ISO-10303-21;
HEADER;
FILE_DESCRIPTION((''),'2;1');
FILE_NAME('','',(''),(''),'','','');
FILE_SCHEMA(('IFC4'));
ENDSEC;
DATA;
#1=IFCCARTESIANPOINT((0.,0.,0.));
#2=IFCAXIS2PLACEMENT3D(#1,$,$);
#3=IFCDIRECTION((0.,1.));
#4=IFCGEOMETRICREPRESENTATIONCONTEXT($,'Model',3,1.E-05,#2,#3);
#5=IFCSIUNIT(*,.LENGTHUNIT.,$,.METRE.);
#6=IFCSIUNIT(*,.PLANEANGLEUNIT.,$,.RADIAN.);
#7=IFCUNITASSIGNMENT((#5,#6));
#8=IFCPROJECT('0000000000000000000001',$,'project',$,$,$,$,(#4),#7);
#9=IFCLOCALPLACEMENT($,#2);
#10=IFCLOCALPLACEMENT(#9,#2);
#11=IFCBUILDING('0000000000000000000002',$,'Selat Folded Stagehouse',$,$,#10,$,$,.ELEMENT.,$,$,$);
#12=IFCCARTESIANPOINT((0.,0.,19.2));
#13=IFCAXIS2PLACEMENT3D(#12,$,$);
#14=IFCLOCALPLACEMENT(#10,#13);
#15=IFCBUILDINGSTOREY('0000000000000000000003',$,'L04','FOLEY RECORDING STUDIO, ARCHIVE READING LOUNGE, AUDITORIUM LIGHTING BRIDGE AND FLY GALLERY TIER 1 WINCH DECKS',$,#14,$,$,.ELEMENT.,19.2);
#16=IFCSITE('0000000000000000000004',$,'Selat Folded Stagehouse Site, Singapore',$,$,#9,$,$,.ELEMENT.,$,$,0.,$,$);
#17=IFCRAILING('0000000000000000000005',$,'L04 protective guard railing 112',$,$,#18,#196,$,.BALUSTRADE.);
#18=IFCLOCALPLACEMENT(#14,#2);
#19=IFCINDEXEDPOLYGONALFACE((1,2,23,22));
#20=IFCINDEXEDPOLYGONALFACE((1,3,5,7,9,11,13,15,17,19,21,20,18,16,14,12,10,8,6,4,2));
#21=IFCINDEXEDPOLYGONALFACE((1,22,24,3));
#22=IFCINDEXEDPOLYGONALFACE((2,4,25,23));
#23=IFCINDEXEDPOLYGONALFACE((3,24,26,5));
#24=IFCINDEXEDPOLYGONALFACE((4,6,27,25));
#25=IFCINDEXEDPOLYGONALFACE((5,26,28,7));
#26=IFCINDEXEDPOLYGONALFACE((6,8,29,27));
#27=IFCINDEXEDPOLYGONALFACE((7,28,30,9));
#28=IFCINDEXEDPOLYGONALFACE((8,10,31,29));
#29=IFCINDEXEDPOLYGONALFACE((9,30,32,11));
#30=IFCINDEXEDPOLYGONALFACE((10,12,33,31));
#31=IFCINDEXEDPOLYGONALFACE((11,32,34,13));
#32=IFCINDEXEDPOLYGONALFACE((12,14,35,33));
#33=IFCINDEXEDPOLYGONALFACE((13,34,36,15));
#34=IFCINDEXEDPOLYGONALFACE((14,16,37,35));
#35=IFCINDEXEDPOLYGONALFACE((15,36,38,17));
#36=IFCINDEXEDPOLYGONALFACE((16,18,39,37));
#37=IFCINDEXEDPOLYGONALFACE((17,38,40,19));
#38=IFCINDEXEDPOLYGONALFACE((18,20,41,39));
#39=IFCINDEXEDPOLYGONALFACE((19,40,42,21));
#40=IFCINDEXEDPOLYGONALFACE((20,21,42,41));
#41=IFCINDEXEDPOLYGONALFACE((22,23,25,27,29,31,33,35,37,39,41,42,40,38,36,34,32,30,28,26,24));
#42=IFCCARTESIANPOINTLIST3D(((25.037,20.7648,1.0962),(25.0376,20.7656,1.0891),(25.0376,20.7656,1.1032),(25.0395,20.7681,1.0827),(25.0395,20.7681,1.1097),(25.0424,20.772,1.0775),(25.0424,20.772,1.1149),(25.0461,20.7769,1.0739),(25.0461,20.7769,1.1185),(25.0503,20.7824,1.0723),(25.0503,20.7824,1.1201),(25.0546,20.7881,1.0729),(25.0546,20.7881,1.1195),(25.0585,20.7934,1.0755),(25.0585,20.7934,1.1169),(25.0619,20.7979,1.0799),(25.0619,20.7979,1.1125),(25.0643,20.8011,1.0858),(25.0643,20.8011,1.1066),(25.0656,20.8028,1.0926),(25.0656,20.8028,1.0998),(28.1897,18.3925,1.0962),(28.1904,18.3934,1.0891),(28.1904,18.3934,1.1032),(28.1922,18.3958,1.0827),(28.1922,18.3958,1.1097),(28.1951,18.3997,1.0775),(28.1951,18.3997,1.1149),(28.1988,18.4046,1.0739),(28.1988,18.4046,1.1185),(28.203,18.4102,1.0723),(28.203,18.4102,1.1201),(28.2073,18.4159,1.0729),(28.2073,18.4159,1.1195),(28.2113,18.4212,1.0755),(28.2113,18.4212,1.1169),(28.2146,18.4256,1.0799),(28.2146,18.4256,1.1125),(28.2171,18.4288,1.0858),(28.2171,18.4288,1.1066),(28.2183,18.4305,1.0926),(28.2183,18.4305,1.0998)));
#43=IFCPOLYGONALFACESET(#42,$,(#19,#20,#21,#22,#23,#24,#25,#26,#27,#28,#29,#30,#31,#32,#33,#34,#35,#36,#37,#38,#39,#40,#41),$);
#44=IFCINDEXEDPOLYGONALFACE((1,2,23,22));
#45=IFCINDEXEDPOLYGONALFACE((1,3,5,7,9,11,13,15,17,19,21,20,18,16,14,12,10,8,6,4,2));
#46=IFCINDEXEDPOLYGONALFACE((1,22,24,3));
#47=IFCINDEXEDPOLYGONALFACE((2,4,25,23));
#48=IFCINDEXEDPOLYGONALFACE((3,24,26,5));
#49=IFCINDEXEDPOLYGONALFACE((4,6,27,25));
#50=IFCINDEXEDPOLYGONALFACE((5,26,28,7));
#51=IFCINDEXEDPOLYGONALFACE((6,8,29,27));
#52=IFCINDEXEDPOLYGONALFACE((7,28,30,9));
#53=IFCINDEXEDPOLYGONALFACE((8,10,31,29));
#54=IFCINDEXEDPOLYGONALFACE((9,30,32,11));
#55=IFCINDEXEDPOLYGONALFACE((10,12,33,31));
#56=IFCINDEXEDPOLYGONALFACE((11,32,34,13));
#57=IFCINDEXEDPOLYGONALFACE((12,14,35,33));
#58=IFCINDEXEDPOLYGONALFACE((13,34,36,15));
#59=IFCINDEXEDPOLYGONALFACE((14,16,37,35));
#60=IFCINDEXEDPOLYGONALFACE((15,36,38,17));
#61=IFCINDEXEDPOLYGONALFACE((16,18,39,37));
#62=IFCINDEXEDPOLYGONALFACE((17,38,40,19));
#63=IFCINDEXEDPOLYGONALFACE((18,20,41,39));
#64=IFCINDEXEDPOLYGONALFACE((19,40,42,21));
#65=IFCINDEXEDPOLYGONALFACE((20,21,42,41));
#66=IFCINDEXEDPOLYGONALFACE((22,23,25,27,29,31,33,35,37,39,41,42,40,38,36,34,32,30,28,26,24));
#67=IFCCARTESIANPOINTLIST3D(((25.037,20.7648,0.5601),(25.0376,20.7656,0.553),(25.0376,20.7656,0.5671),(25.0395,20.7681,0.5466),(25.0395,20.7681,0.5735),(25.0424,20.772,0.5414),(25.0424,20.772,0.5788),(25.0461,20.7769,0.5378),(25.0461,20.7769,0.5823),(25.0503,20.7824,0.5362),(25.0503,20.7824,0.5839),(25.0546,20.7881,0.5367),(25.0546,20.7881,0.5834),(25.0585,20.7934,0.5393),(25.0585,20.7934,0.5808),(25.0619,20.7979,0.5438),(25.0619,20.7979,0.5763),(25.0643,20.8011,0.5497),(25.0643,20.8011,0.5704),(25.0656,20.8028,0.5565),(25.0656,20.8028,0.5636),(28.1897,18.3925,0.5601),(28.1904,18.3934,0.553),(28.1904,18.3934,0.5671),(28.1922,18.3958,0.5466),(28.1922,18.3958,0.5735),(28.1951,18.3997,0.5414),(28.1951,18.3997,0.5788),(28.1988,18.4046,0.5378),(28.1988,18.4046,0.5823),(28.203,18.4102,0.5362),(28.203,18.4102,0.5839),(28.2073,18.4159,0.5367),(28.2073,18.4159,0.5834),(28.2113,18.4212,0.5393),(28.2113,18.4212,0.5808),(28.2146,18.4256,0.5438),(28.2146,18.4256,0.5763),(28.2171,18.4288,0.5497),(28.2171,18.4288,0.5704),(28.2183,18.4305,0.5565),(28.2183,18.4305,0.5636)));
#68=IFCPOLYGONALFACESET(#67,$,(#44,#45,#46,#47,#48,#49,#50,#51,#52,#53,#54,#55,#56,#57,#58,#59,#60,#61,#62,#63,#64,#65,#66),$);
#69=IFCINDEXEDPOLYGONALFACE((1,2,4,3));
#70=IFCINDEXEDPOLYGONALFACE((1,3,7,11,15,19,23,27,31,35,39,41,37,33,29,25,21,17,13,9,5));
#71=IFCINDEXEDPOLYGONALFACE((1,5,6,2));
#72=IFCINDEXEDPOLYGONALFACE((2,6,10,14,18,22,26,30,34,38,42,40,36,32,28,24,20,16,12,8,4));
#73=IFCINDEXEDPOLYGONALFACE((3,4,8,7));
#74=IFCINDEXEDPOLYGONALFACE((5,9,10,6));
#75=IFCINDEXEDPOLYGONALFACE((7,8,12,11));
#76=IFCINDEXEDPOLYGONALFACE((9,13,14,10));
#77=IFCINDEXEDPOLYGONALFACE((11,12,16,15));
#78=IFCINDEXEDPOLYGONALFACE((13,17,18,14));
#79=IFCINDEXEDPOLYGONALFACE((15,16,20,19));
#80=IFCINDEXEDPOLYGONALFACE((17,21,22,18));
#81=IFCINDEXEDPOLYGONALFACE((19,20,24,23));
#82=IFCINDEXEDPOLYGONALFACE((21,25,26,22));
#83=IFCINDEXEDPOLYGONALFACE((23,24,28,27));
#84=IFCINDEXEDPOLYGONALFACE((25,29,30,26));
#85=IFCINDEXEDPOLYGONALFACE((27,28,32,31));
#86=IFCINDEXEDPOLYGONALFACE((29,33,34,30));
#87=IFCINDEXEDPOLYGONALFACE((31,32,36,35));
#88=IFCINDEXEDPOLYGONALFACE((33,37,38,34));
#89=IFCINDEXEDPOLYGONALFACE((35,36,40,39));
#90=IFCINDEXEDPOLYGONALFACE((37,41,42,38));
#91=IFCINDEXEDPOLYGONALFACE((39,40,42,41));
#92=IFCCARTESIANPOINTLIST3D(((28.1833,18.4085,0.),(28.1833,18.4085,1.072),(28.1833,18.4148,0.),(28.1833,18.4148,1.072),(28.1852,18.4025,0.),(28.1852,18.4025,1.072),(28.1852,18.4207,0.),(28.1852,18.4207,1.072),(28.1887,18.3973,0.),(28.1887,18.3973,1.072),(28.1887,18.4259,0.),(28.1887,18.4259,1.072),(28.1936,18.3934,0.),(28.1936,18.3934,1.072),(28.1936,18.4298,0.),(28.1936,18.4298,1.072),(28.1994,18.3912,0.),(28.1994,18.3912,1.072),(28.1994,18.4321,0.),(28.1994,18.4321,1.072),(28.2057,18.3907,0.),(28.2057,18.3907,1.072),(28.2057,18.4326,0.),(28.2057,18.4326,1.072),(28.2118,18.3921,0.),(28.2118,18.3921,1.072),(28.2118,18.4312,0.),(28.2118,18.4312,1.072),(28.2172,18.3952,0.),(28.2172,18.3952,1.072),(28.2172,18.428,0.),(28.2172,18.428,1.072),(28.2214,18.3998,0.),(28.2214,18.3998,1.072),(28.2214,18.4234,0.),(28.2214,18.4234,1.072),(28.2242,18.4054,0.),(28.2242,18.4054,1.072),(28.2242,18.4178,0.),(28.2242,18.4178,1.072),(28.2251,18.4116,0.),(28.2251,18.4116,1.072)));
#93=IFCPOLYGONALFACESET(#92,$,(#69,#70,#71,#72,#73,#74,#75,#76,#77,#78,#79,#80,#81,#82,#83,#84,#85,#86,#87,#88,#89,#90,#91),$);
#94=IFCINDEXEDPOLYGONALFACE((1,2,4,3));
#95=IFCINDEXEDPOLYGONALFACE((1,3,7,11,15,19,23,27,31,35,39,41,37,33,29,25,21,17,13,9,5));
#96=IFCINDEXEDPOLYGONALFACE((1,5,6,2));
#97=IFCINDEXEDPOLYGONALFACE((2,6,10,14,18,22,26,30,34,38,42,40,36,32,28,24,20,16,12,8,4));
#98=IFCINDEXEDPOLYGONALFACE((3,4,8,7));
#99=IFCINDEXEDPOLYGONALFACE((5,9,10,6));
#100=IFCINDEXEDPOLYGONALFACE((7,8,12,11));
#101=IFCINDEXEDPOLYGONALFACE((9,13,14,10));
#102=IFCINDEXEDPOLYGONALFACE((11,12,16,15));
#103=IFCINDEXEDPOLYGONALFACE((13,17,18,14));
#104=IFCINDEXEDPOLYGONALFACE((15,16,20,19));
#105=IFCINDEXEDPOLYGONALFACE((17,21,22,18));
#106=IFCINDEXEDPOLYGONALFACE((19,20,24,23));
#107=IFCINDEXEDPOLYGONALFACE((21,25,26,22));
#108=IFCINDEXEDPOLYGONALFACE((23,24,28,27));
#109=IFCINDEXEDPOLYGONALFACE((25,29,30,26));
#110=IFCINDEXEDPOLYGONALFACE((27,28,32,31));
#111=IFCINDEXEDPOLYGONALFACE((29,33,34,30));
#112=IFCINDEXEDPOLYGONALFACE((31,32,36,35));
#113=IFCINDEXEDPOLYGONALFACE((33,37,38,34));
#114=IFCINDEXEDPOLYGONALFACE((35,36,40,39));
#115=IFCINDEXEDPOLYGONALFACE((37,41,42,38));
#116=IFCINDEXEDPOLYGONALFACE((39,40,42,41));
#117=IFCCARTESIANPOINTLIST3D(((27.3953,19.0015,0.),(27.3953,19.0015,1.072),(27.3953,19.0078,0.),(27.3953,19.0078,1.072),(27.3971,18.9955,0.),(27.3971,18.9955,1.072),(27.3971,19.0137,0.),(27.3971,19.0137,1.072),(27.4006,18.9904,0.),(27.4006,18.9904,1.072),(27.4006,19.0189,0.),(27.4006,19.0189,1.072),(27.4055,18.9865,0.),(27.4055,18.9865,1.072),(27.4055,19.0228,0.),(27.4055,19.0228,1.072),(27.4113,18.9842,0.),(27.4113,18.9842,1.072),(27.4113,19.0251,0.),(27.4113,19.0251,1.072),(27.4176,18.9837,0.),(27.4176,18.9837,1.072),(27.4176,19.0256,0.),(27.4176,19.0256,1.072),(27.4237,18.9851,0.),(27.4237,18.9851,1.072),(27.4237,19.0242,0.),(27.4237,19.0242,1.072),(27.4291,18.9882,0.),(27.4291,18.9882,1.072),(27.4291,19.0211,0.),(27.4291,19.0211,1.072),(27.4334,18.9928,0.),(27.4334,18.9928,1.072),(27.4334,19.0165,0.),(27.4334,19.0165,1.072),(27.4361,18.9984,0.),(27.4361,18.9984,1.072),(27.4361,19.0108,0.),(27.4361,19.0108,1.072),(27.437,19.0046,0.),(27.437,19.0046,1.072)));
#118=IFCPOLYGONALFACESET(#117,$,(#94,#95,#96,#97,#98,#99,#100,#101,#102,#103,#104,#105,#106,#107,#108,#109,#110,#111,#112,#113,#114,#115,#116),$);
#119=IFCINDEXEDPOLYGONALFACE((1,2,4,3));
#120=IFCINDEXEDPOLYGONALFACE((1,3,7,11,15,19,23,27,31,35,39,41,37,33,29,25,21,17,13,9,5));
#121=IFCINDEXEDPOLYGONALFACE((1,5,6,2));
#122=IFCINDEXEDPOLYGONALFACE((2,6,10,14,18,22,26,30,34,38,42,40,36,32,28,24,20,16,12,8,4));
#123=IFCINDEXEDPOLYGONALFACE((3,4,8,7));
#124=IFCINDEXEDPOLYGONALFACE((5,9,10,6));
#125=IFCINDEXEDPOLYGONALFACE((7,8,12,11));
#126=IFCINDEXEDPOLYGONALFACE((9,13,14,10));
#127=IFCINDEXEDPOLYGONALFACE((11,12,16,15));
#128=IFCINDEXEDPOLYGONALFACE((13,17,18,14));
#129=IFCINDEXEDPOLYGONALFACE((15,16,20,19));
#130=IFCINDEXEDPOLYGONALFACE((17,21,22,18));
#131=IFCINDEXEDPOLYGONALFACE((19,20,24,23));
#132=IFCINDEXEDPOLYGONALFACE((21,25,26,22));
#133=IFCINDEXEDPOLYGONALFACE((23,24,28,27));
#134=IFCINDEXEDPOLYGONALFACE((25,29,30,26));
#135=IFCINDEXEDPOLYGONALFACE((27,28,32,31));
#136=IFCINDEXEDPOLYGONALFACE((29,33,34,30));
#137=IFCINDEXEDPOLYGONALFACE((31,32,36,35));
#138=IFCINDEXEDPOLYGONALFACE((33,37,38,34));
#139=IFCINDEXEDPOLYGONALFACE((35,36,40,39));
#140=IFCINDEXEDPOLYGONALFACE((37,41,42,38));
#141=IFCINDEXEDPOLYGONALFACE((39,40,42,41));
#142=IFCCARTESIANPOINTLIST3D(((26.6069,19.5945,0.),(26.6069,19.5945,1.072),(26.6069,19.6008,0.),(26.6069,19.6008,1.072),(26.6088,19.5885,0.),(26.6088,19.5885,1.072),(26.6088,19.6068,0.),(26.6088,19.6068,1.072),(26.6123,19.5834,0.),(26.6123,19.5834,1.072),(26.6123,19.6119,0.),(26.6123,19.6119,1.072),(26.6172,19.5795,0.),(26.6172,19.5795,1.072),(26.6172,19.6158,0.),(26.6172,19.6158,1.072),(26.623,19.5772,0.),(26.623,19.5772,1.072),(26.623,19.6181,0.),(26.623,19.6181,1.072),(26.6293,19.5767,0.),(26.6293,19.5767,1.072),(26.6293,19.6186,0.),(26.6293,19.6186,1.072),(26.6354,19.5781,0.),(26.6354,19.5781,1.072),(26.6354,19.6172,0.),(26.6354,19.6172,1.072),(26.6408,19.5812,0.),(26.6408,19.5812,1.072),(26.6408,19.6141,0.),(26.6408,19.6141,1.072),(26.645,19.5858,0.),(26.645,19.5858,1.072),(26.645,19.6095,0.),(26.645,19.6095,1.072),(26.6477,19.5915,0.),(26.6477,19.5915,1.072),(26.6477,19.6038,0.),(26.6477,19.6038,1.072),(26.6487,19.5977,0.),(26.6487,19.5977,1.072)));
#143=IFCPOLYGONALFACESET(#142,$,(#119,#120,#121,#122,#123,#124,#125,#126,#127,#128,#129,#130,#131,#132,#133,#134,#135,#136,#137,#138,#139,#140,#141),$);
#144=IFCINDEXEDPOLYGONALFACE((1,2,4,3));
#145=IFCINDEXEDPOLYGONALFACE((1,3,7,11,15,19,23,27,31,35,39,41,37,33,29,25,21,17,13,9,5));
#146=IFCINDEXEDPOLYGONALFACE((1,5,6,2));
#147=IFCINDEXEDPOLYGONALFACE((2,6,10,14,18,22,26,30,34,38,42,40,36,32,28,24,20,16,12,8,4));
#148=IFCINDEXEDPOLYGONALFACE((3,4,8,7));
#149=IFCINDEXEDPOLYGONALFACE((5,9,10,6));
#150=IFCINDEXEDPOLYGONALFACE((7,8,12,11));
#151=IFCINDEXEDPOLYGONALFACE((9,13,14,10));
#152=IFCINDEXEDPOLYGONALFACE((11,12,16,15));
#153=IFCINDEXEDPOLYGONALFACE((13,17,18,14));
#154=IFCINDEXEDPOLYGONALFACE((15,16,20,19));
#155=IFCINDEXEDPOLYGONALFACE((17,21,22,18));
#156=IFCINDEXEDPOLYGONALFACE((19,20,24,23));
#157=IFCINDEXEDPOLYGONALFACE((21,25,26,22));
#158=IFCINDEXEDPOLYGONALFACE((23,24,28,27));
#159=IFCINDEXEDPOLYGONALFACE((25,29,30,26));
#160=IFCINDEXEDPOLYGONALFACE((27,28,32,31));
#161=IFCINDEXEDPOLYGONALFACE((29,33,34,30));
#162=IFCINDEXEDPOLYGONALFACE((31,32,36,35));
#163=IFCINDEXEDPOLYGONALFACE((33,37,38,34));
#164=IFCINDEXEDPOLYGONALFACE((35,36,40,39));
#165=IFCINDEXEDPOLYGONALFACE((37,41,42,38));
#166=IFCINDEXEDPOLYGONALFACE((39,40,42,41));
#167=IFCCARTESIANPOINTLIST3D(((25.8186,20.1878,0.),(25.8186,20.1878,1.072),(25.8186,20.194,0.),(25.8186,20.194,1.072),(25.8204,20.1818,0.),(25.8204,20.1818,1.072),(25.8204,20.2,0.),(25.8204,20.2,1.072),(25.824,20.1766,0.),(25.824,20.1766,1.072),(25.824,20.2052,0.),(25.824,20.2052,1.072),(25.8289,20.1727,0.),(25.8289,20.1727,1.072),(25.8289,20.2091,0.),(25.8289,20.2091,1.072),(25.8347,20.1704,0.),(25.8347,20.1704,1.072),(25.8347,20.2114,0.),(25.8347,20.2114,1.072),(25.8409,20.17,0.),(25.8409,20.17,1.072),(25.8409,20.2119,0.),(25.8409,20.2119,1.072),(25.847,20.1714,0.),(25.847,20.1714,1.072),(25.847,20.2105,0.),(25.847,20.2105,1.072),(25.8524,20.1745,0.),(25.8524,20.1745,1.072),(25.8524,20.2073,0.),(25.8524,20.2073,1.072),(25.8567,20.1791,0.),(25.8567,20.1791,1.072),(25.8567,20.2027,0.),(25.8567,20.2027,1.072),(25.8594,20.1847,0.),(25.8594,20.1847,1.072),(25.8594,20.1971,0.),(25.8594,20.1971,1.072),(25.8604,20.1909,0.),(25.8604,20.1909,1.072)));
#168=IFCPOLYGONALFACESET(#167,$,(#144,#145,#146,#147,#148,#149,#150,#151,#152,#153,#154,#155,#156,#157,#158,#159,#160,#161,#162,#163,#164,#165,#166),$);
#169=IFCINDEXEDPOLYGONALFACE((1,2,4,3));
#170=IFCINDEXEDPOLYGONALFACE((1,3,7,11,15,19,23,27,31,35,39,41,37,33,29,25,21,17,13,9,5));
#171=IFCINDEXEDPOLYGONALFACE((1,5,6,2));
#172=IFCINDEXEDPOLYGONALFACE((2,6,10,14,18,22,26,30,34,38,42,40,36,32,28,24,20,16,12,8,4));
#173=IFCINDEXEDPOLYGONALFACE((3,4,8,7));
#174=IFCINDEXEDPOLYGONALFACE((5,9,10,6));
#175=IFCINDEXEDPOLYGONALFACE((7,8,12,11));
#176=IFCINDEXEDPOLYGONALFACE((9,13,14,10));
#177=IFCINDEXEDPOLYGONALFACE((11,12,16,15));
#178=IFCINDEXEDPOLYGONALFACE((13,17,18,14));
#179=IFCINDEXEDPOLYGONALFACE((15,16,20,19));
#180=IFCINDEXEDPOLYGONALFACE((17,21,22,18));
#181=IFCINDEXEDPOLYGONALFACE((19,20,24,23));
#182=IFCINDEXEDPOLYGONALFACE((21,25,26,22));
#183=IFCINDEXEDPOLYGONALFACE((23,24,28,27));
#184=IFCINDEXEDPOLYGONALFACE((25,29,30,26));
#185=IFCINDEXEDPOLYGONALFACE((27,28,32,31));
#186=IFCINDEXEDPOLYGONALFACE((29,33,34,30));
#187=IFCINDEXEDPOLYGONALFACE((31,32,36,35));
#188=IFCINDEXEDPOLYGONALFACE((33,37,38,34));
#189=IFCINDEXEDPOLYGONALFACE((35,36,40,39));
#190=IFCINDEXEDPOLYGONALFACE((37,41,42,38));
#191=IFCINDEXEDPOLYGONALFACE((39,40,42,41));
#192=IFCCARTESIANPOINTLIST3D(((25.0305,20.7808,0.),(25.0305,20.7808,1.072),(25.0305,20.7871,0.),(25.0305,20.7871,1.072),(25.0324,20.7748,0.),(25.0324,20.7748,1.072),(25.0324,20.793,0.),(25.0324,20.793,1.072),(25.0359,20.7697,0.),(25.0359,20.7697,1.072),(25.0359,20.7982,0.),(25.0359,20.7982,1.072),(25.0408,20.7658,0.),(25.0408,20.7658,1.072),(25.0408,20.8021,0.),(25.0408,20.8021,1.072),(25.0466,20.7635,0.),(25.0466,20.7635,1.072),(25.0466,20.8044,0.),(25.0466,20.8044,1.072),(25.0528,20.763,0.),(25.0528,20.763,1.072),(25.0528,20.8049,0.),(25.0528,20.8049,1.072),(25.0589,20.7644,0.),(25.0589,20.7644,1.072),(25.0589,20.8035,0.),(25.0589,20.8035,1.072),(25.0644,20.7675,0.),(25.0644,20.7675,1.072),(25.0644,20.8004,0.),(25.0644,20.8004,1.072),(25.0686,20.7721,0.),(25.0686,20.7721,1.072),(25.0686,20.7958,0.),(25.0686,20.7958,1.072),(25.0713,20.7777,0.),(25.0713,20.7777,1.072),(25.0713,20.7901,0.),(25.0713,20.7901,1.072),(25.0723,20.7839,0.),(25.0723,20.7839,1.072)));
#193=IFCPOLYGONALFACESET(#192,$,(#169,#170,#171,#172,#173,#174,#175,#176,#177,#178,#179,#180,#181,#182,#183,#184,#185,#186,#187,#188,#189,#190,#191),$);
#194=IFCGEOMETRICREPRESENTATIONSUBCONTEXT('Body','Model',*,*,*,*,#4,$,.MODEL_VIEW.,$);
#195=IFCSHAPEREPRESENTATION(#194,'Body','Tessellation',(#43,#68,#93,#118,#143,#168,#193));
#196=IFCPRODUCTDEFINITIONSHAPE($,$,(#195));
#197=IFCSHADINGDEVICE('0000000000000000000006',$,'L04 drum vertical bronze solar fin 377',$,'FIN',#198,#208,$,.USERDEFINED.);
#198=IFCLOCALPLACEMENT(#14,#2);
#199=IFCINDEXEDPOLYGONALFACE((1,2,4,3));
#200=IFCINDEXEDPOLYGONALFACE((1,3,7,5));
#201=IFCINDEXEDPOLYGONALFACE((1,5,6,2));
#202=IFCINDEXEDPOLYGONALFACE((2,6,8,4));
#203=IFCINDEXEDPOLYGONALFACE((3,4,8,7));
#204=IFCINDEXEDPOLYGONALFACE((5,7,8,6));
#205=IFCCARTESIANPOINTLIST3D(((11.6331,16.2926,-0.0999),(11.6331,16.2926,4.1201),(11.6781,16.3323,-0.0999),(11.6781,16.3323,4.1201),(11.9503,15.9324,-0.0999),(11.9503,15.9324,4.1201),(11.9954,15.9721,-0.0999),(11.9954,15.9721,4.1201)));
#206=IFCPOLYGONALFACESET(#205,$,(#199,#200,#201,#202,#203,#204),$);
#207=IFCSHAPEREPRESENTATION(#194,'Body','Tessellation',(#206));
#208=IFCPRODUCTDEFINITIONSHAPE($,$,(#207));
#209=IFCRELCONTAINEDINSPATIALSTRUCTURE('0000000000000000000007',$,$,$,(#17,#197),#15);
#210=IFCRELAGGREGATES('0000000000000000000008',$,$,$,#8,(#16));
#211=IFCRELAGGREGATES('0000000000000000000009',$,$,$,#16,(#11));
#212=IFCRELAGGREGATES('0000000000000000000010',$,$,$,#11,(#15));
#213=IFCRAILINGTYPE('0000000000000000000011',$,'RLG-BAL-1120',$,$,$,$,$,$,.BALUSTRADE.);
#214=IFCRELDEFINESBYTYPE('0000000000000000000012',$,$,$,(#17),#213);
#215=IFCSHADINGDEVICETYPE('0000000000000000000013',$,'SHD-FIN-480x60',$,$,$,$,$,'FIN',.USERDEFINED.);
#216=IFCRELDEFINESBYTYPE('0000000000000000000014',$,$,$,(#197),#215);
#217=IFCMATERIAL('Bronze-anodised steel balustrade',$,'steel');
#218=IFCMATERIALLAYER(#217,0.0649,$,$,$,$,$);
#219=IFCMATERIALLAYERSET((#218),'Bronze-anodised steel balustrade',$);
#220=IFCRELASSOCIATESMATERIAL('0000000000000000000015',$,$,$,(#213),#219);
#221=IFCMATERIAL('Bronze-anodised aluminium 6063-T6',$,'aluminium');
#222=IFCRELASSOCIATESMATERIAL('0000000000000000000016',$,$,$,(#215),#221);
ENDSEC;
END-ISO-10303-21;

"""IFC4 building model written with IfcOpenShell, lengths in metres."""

from ifc_helpers import new_model, si_unit, direction, frame, origin, origin_2d, place, context, subcontext, project, spatial, rectangle, circle, extrude, material, layer, layer_set, material_profile, profile_set, type_object, element, save


model = new_model("IFC4")

# Units and contexts
model_context = context("Model", 3, precision=1e-05, world=origin(), true_north=direction((0.0, 1.0)))
body_context = subcontext(model_context, "Body", "Model", "MODEL_VIEW")
ifc_project = project(units=[si_unit("LENGTHUNIT", "METRE"), si_unit("PLANEANGLEUNIT", "RADIAN")], contexts=[model_context])

# Site, building, storey
site_placement = place(None, origin())
site = spatial("IfcSite", under=ifc_project, at=site_placement, Name="Selat Folded Stagehouse Site, Singapore", CompositionType="ELEMENT", RefElevation=0.0)
building_placement = place(site_placement, origin())
building = spatial("IfcBuilding", under=site, at=building_placement, Name="Selat Folded Stagehouse", CompositionType="ELEMENT")
storey_placement = place(building_placement, frame((0.0, 0.0, 19.2)))
storey = spatial("IfcBuildingStorey", under=building, at=storey_placement, Name="L04", Description="FOLEY RECORDING STUDIO, ARCHIVE READING LOUNGE, AUDITORIUM LIGHTING BRIDGE AND FLY GALLERY TIER 1 WINCH DECKS", CompositionType="ELEMENT", Elevation=19.2)

# Railing
ifc_material_1 = material(Name="Bronze-anodised steel balustrade", Category="steel")
ifc_layer_1 = layer(ifc_material_1, 0.0649)
ifc_layer_set_1 = layer_set([ifc_layer_1], Name="Bronze-anodised steel balustrade")
railing_type = type_object("IfcRailingType", Name="RLG-BAL-1120", PredefinedType="BALUSTRADE", material=ifc_layer_set_1)
railing_placement = place(storey_placement, frame((28.2041, 18.4116, 0.0)))
element("IfcRailing", 1, at=railing_placement, inside=storey, type_object=railing_type, Name="L04 protective guard railing 112", PredefinedType="BALUSTRADE", context=body_context, shape_type="SweptSolid", body=[
    extrude(circle(Radius=0.0239, at=origin_2d()), frame((0.0, 0.0, 1.0962), z_axis=(-0.799063, 0.601247, 0.0), x_axis=(-0.601247, -0.799063, 0.0)), (0.0, 0.0, 1.0), 3.9456),
    extrude(circle(Radius=0.0239, at=origin_2d()), frame((0.0, 0.0, 0.5601), z_axis=(-0.799063, 0.601247, 0.0), x_axis=(-0.601247, -0.799063, 0.0)), (0.0, 0.0, 1.0), 3.9456),
    extrude(circle(Radius=0.021, at=origin_2d()), origin(), (0.0, 0.0, 1.0), 1.072),
    extrude(circle(Radius=0.021, at=origin_2d()), frame((-0.7881, 0.593, 0.0)), (0.0, 0.0, 1.0), 1.072),
    extrude(circle(Radius=0.021, at=origin_2d()), frame((-1.5764, 1.186, 0.0)), (0.0, 0.0, 1.0), 1.072),
    extrude(circle(Radius=0.021, at=origin_2d()), frame((-2.3647, 1.7793, 0.0)), (0.0, 0.0, 1.0), 1.072),
    extrude(circle(Radius=0.021, at=origin_2d()), frame((-3.1528, 2.3723, 0.0)), (0.0, 0.0, 1.0), 1.072),
])

# Shading device
ifc_material_2 = material(Name="Bronze-anodised aluminium 6063-T6", Category="aluminium")
ifc_material_profile_1 = material_profile(ifc_material_2, rectangle(XDim=0.0601, YDim=0.48, at=origin_2d()), Name="SOLAR-FIN 480x60")
ifc_profile_set_1 = profile_set([ifc_material_profile_1], Name="Bronze-anodised aluminium 6063-T6")
shading_device_type = type_object("IfcShadingDeviceType", Name="SHD-FIN-480x60", ElementType="FIN", PredefinedType="USERDEFINED", material=ifc_profile_set_1)
for number, where, z_axis, x_axis, name in (
    (2, (11.8142, 16.1323, -0.0999), (0.0, 0.0, 1.0), (-0.750457, -0.660919, 0.0), "L04 drum vertical bronze solar fin 377"),
):
    element("IfcShadingDevice", number, at=place(storey_placement, frame(where, z_axis=z_axis, x_axis=x_axis)), inside=storey, type_object=shading_device_type, Name=name, ObjectType="FIN", PredefinedType="USERDEFINED", context=body_context, shape_type="SweptSolid", body=[
        extrude(rectangle(XDim=0.0601, YDim=0.48, at=origin_2d()), origin(), (0.0, 0.0, 1.0), 4.22),
    ])

save(model, "model.ifc")
